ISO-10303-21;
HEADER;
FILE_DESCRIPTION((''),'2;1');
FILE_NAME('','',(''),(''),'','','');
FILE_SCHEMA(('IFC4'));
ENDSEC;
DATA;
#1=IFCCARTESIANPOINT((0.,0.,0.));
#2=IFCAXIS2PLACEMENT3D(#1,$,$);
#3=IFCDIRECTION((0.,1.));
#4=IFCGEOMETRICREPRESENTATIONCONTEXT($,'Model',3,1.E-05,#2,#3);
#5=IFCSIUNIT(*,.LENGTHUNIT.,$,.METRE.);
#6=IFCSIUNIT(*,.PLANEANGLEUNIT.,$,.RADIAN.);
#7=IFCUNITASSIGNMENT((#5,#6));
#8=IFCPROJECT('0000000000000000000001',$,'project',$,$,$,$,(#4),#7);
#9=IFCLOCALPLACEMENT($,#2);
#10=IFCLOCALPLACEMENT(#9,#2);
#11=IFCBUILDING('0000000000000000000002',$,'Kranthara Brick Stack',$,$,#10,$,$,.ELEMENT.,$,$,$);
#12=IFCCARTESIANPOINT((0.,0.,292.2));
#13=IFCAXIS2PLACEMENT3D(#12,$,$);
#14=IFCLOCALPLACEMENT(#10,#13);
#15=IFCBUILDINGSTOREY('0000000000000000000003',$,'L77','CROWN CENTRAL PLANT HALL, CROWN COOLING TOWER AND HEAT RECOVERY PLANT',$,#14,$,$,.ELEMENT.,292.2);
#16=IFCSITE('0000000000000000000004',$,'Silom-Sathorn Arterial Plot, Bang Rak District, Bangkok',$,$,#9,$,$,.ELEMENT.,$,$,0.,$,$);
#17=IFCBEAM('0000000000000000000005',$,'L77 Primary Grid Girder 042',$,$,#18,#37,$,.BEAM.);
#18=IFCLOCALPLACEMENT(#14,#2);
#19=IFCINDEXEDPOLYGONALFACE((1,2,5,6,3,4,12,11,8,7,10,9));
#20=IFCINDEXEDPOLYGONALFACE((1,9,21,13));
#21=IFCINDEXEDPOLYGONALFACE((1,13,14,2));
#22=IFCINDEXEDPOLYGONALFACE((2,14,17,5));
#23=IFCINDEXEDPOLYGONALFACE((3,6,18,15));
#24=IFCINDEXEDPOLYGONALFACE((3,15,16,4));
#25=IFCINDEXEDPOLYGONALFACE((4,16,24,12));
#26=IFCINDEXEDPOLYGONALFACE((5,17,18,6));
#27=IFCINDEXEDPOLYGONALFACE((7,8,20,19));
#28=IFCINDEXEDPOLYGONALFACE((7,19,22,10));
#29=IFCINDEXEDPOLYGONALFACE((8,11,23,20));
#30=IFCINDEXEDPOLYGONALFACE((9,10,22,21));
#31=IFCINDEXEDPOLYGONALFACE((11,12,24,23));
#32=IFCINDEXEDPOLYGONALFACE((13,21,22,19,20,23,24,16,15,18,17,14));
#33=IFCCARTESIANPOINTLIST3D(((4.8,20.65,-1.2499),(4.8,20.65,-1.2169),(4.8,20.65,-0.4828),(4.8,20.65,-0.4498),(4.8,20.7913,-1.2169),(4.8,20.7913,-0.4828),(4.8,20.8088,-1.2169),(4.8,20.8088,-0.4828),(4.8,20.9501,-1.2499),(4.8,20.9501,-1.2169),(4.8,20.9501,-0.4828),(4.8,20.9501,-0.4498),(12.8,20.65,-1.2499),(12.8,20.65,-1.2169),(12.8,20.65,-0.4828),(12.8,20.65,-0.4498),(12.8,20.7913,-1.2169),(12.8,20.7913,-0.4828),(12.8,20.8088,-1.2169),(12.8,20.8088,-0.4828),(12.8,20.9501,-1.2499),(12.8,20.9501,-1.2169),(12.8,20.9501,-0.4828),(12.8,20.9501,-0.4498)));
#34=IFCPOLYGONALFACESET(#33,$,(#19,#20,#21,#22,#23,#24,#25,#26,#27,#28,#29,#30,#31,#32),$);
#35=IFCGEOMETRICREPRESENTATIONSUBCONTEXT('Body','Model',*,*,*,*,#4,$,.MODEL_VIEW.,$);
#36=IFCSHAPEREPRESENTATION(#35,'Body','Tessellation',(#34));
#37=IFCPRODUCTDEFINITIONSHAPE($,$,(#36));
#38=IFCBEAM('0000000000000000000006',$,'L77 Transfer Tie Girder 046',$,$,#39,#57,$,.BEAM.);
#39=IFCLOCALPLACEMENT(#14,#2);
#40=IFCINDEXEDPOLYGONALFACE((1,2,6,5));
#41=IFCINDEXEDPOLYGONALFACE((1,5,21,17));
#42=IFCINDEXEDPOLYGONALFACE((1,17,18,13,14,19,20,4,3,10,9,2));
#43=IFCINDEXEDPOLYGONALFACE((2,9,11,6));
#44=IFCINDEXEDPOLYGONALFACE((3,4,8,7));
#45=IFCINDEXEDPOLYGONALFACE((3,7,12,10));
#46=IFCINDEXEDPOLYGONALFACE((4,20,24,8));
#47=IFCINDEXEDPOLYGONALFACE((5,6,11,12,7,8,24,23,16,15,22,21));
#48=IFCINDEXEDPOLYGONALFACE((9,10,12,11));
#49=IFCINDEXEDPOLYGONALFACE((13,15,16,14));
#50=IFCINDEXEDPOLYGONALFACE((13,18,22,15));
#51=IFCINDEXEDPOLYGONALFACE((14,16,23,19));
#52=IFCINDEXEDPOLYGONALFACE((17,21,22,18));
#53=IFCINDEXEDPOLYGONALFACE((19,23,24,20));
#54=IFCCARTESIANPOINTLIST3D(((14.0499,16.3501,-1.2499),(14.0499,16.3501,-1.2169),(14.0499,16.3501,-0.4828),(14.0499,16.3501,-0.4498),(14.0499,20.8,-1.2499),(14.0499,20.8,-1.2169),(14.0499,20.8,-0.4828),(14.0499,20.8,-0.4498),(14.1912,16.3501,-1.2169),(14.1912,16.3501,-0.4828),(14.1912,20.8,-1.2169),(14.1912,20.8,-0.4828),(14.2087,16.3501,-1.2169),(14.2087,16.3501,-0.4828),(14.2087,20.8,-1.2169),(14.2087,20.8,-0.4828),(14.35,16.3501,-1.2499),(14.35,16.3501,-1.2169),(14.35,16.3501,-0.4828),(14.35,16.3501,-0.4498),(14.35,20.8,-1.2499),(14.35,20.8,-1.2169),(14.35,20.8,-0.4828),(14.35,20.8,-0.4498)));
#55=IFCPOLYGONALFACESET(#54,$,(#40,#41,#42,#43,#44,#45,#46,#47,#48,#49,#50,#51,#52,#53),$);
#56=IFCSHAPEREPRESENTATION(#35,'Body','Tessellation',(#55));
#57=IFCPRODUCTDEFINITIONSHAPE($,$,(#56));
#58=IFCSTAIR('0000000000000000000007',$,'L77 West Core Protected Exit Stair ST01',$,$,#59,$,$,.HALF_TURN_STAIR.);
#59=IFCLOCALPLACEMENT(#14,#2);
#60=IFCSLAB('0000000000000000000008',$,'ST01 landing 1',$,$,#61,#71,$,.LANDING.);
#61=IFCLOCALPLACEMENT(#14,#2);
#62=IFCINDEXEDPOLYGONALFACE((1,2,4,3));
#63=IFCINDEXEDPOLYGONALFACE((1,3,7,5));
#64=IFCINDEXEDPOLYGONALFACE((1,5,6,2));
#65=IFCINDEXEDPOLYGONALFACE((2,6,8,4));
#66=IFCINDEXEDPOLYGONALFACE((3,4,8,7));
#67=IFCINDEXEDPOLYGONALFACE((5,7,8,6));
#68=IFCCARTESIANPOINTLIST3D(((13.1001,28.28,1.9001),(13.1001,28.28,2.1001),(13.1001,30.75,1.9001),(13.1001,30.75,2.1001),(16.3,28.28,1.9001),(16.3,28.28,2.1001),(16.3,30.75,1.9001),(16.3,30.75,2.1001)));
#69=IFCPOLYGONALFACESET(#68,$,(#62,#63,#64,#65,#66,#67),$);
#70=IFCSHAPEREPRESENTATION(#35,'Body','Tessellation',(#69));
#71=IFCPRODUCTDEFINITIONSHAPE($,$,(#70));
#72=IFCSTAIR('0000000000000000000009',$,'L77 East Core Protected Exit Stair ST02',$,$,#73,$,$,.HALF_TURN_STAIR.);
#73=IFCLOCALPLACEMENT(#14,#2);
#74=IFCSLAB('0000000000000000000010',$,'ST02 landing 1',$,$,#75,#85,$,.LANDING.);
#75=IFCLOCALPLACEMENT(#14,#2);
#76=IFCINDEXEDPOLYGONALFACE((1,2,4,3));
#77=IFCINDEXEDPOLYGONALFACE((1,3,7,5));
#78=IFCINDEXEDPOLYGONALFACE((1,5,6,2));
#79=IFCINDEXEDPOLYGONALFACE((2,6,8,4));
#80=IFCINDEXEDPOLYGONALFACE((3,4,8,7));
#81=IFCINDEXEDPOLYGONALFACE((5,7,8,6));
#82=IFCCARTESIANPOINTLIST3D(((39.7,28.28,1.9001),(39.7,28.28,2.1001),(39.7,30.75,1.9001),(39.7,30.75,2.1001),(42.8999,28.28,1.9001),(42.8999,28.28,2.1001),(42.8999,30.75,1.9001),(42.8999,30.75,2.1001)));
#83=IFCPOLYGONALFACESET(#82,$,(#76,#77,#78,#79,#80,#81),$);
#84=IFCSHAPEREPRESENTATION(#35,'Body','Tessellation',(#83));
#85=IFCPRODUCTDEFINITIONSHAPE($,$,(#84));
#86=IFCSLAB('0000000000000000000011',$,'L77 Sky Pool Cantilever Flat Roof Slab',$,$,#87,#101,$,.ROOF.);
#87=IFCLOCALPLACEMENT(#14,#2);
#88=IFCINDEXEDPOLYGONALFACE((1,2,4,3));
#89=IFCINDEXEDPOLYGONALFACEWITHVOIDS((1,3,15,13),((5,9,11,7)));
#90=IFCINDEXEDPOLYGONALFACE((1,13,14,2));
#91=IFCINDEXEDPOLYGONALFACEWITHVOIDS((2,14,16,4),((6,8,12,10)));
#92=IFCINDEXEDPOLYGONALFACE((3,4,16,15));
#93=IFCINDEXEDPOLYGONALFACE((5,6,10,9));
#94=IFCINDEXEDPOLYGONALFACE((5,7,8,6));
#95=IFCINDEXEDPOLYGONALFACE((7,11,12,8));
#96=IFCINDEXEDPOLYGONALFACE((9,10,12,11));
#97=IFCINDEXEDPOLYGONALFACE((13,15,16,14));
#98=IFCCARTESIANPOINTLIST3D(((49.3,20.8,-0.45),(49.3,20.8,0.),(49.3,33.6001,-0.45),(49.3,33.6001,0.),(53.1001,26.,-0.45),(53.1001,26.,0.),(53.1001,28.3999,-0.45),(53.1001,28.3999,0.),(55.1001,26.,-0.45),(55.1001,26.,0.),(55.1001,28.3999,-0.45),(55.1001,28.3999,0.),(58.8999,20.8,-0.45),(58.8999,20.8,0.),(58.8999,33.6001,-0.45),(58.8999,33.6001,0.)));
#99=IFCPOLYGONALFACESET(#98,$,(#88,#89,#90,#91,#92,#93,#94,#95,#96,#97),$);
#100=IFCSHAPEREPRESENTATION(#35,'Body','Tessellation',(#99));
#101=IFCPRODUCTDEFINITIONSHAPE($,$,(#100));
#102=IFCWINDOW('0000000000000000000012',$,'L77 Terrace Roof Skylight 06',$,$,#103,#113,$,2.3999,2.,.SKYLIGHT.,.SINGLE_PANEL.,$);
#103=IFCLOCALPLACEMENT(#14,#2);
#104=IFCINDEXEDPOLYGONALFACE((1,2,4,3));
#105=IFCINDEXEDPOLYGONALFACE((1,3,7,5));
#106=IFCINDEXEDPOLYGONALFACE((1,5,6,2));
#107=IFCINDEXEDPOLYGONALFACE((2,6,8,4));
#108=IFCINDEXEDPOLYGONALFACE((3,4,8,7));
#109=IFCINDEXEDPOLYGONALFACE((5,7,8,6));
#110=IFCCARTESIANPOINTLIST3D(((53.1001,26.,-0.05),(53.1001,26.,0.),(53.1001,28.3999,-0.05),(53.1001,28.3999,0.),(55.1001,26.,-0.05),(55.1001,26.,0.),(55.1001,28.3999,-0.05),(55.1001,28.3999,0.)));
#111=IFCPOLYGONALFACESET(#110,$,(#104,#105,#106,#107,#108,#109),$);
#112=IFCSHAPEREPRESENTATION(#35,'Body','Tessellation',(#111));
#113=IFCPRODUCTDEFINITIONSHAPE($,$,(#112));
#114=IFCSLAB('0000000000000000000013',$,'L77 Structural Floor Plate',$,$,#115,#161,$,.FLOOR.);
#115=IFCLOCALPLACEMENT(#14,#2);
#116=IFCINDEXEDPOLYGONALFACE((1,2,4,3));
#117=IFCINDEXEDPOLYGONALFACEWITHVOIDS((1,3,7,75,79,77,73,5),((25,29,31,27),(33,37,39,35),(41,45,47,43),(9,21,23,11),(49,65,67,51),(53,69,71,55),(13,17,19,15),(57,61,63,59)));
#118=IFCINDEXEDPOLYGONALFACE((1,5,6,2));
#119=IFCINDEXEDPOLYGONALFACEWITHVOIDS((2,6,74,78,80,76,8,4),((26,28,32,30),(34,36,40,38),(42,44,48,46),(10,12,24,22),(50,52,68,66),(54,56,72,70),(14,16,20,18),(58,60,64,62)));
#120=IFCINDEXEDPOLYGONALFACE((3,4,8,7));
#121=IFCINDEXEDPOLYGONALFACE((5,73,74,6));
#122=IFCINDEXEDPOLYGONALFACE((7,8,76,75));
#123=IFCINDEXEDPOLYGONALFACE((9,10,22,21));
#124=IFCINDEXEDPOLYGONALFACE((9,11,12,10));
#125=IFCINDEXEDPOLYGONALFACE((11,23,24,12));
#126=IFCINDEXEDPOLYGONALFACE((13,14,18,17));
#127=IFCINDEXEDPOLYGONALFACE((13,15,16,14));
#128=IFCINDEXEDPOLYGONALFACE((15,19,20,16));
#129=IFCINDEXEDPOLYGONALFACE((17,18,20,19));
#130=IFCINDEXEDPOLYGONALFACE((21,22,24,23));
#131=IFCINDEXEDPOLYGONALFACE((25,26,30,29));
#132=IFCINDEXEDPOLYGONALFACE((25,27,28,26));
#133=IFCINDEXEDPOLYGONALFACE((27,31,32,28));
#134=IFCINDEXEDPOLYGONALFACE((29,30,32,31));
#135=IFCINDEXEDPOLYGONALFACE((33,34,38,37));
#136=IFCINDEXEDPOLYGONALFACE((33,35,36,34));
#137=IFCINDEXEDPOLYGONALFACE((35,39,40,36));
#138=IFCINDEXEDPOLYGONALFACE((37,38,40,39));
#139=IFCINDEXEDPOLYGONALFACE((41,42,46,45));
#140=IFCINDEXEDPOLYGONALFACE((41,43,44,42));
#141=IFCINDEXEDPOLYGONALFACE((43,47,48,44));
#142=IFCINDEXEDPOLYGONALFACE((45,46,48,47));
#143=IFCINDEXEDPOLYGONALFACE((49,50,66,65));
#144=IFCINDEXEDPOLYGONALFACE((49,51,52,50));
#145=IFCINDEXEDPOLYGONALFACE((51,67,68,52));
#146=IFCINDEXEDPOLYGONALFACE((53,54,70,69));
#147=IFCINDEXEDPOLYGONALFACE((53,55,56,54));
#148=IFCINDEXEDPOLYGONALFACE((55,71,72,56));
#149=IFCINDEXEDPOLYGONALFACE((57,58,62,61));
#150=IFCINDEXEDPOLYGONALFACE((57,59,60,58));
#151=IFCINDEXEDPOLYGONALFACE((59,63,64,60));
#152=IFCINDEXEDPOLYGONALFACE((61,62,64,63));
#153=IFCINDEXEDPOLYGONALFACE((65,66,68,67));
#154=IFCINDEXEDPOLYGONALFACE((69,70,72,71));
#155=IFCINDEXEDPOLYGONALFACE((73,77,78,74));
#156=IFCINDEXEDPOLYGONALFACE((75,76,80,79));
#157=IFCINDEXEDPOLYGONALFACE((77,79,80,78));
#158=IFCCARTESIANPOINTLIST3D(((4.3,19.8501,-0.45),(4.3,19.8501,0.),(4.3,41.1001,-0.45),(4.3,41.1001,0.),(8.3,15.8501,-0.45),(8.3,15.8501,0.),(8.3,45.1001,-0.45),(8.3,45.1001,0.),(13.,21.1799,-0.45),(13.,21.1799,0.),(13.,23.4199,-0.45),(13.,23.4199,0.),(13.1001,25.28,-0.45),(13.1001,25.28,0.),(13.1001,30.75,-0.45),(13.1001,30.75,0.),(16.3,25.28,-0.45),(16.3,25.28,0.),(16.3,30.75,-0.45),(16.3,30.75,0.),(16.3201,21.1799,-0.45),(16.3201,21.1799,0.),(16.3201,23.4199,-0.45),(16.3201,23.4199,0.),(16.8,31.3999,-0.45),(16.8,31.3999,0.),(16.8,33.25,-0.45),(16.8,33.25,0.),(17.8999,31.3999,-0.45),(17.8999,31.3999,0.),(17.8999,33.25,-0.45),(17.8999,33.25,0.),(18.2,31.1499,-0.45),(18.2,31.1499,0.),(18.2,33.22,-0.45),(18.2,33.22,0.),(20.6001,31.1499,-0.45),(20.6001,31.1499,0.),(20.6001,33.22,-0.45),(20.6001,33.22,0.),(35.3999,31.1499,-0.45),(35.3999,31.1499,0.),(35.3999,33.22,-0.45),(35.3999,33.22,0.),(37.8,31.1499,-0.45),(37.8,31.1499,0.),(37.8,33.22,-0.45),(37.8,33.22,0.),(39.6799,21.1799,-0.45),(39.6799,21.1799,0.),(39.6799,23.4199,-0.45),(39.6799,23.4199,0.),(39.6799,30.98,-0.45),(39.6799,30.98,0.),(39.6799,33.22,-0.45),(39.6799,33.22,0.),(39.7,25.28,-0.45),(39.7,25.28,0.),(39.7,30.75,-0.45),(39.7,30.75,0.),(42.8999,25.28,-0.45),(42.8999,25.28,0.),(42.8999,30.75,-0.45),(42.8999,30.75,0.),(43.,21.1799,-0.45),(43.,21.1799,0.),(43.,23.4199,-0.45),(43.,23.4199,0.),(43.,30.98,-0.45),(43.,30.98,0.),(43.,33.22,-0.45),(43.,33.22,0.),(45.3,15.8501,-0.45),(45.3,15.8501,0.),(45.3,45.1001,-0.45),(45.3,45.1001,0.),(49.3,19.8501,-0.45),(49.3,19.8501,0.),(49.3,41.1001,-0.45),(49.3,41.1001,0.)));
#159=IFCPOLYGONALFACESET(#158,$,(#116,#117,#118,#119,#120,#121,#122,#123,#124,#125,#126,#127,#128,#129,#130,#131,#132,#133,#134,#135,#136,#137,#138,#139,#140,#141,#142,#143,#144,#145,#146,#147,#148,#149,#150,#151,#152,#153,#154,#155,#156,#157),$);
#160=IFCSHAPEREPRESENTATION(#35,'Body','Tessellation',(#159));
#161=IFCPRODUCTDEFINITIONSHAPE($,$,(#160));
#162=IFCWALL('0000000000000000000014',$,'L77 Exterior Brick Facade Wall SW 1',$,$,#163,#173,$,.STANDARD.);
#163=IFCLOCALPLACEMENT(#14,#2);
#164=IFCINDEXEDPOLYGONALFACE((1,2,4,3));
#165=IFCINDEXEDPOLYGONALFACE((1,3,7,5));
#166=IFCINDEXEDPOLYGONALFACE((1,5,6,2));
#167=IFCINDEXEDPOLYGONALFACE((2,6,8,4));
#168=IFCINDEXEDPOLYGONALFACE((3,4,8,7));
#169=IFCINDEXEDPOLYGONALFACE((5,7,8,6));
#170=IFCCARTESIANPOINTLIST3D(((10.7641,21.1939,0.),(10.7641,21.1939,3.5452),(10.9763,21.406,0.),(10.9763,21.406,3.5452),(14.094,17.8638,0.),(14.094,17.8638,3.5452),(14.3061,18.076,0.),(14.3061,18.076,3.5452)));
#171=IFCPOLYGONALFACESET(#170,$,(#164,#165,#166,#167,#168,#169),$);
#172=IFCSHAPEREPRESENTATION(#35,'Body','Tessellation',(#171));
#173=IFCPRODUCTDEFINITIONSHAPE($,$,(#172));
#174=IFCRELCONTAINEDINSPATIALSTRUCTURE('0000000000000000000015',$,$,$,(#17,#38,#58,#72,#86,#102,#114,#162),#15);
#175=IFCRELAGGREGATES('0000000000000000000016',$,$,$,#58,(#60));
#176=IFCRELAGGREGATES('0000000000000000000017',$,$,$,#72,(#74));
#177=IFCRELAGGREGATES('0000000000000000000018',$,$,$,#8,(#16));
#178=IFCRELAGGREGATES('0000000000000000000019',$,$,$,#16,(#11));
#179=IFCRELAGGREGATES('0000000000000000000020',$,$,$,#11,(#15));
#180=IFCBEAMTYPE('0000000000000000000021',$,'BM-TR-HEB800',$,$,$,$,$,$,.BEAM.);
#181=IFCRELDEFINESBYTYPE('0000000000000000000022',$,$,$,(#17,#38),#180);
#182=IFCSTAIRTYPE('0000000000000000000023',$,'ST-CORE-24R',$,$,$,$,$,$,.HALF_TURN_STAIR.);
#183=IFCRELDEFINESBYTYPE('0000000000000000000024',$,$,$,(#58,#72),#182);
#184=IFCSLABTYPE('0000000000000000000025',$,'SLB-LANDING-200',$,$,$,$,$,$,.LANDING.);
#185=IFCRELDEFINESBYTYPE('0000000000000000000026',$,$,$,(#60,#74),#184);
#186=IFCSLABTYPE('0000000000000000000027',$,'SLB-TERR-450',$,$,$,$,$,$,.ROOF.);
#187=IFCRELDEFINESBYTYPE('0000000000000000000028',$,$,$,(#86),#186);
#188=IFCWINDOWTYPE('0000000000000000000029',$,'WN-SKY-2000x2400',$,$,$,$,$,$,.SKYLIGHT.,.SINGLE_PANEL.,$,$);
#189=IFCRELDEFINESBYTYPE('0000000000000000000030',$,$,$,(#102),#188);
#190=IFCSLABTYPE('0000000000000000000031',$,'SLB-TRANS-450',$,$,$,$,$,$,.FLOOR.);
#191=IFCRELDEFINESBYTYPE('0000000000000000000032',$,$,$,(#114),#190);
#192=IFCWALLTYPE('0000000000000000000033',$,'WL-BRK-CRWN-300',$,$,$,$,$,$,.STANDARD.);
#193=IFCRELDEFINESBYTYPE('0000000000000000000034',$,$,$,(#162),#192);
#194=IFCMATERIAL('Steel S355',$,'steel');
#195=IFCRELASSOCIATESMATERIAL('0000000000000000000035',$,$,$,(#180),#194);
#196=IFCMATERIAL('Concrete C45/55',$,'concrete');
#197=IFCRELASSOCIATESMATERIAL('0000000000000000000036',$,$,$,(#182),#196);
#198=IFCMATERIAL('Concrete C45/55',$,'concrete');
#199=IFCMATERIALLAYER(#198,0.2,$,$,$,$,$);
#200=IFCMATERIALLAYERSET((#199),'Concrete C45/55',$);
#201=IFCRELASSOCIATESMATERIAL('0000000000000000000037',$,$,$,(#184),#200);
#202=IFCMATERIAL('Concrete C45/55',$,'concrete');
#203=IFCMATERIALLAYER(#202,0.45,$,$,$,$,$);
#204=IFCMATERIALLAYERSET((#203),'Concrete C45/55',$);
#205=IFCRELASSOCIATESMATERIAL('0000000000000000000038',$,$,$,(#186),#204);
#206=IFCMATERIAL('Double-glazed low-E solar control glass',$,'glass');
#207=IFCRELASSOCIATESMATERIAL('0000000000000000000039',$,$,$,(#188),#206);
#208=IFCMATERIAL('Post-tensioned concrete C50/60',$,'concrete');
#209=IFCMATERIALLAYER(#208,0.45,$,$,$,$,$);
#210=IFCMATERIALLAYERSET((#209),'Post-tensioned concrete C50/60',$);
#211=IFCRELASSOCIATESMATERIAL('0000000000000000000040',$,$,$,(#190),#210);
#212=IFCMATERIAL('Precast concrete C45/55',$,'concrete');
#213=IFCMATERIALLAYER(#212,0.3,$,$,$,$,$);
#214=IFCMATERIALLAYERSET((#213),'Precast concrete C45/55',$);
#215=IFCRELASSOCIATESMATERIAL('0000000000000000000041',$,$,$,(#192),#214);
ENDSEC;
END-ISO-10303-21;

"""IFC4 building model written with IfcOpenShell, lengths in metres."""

from ifc_helpers import new_model, si_unit, direction, frame, frame_2d, origin, origin_2d, place, context, subcontext, project, spatial, polyline, rectangle, i_section, outline, extrude, material, layer, layer_set, material_profile, profile_set, type_object, element, fill, aggregate, save


model = new_model("IFC4")

# Units and contexts
model_context = context("Model", 3, precision=1e-05, world=origin(), true_north=direction((0.0, 1.0)))
body_context = subcontext(model_context, "Body", "Model", "MODEL_VIEW")
ifc_project = project(units=[si_unit("LENGTHUNIT", "METRE"), si_unit("PLANEANGLEUNIT", "RADIAN")], contexts=[model_context])

# Site, building, storey
site_placement = place(None, origin())
site = spatial("IfcSite", under=ifc_project, at=site_placement, Name="Silom-Sathorn Arterial Plot, Bang Rak District, Bangkok", CompositionType="ELEMENT", RefElevation=0.0)
building_placement = place(site_placement, origin())
building = spatial("IfcBuilding", under=site, at=building_placement, Name="Kranthara Brick Stack", CompositionType="ELEMENT")
storey_placement = place(building_placement, frame((0.0, 0.0, 292.2)))
storey = spatial("IfcBuildingStorey", under=building, at=storey_placement, Name="L77", Description="CROWN CENTRAL PLANT HALL, CROWN COOLING TOWER AND HEAT RECOVERY PLANT", CompositionType="ELEMENT", Elevation=292.2)

# Beams
ifc_material_1 = material(Name="Steel S355", Category="steel")
ifc_material_profile_1 = material_profile(ifc_material_1, i_section(OverallWidth=0.3, OverallDepth=0.8, WebThickness=0.0176, FlangeThickness=0.033, at=origin_2d()), Name="HEB 800")
ifc_profile_set_1 = profile_set([ifc_material_profile_1], Name="Steel S355")
beam_type_1 = type_object("IfcBeamType", Name="BM-TR-HEB800", PredefinedType="BEAM", material=ifc_profile_set_1)
beam_1_placement = place(storey_placement, frame((4.8, 20.8, -0.8499), z_axis=(1.0, 0.0, 0.0), x_axis=(0.0, 1.0, 0.0)))
element("IfcBeam", 1, at=beam_1_placement, inside=storey, type_object=beam_type_1, Name="L77 Primary Grid Girder 042", PredefinedType="BEAM", context=body_context, shape_type="SweptSolid", body=[
    extrude(i_section(OverallWidth=0.3, OverallDepth=0.8, WebThickness=0.0176, FlangeThickness=0.033, at=origin_2d()), origin(), (0.0, 0.0, 1.0), 8.0),
])
beam_2_placement = place(storey_placement, frame((14.2, 16.3501, -0.8499), z_axis=(0.0, 1.0, 0.0), x_axis=(-1.0, 0.0, 0.0)))
element("IfcBeam", 2, at=beam_2_placement, inside=storey, type_object=beam_type_1, Name="L77 Transfer Tie Girder 046", PredefinedType="BEAM", context=body_context, shape_type="SweptSolid", body=[
    extrude(i_section(OverallWidth=0.3, OverallDepth=0.8, WebThickness=0.0176, FlangeThickness=0.033, at=origin_2d()), origin(), (0.0, 0.0, 1.0), 4.45),
])

# Stairs, slabs
ifc_material_2 = material(Name="Concrete C45/55", Category="concrete")
stair_type = type_object("IfcStairType", Name="ST-CORE-24R", PredefinedType="HALF_TURN_STAIR", material=ifc_material_2)
stair_1_placement = place(storey_placement, origin())
stair_1 = element("IfcStair", 3, at=stair_1_placement, inside=storey, type_object=stair_type, Name="L77 West Core Protected Exit Stair ST01", PredefinedType="HALF_TURN_STAIR")
ifc_material_3 = material(Name="Concrete C45/55", Category="concrete")
ifc_layer_1 = layer(ifc_material_3, 0.2)
ifc_layer_set_1 = layer_set([ifc_layer_1], Name="Concrete C45/55")
slab_type_1 = type_object("IfcSlabType", Name="SLB-LANDING-200", PredefinedType="LANDING", material=ifc_layer_set_1)
slab_1_placement = place(storey_placement, frame((0.0, 0.0, 1.9001)))
slab_1 = element("IfcSlab", 4, at=slab_1_placement, type_object=slab_type_1, Name="ST01 landing 1", PredefinedType="LANDING", context=body_context, shape_type="SweptSolid", body=[
    extrude(outline(polyline([(16.3, 28.28), (16.3, 30.75), (13.1001, 30.75), (13.1001, 28.28), (16.3, 28.28)])), origin(), (0.0, 0.0, 1.0), 0.2),
])
aggregate(stair_1, [slab_1])
stair_2_placement = place(storey_placement, origin())
stair_2 = element("IfcStair", 5, at=stair_2_placement, inside=storey, type_object=stair_type, Name="L77 East Core Protected Exit Stair ST02", PredefinedType="HALF_TURN_STAIR")
slab_2_placement = place(storey_placement, frame((0.0, 0.0, 1.9001)))
slab_2 = element("IfcSlab", 6, at=slab_2_placement, type_object=slab_type_1, Name="ST02 landing 1", PredefinedType="LANDING", context=body_context, shape_type="SweptSolid", body=[
    extrude(outline(polyline([(42.8999, 28.28), (42.8999, 30.75), (39.7, 30.75), (39.7, 28.28), (42.8999, 28.28)])), origin(), (0.0, 0.0, 1.0), 0.2),
])
aggregate(stair_2, [slab_2])

# Slab, opening, window
ifc_material_4 = material(Name="Concrete C45/55", Category="concrete")
ifc_layer_2 = layer(ifc_material_4, 0.45)
ifc_layer_set_2 = layer_set([ifc_layer_2], Name="Concrete C45/55")
slab_type_2 = type_object("IfcSlabType", Name="SLB-TERR-450", PredefinedType="ROOF", material=ifc_layer_set_2)
slab_3_placement = place(storey_placement, frame((0.0, 0.0, -0.45)))
slab_3 = element("IfcSlab", 7, at=slab_3_placement, inside=storey, type_object=slab_type_2, Name="L77 Sky Pool Cantilever Flat Roof Slab", PredefinedType="ROOF", context=body_context, shape_type="SweptSolid", body=[
    extrude(outline(polyline([(49.3, 20.8), (58.8999, 20.8), (58.8999, 33.6001), (49.3, 33.6001), (49.3, 20.8)]), holes=[polyline([(53.1001, 26.0), (55.1001, 26.0), (55.1001, 28.3999), (53.1001, 28.3999), (53.1001, 26.0)])]), origin(), (0.0, 0.0, 1.0), 0.45),
])
opening_placement = place(slab_3_placement, frame((54.1001, 27.2, 0.0)))
opening = element("IfcOpeningElement", 8, at=opening_placement, cuts=slab_3, PredefinedType="OPENING", context=body_context, shape_type="SweptSolid", body=[
    extrude(rectangle(XDim=2.0, YDim=2.3999, at=origin_2d()), origin(), (0.0, 0.0, 1.0), 0.45),
])
ifc_material_5 = material(Name="Double-glazed low-E solar control glass", Category="glass")
window_type = type_object("IfcWindowType", Name="WN-SKY-2000x2400", PartitioningType="SINGLE_PANEL", PredefinedType="SKYLIGHT", material=ifc_material_5)
window_placement = place(opening_placement, frame((0.0, 0.0, 0.3999)))
window = element("IfcWindow", 9, at=window_placement, inside=storey, type_object=window_type, Name="L77 Terrace Roof Skylight 06", OverallHeight=2.3999, OverallWidth=2.0, PartitioningType="SINGLE_PANEL", PredefinedType="SKYLIGHT", context=body_context, shape_type="SweptSolid", body=[
    extrude(rectangle(XDim=2.0, YDim=2.3999, at=origin_2d()), origin(), (0.0, 0.0, 1.0), 0.05),
])
fill(opening, window)

# Slab
ifc_material_6 = material(Name="Post-tensioned concrete C50/60", Category="concrete")
ifc_layer_3 = layer(ifc_material_6, 0.45)
ifc_layer_set_3 = layer_set([ifc_layer_3], Name="Post-tensioned concrete C50/60")
slab_type_3 = type_object("IfcSlabType", Name="SLB-TRANS-450", PredefinedType="FLOOR", material=ifc_layer_set_3)
slab_4_placement = place(storey_placement, frame((0.0, 0.0, -0.45)))
element("IfcSlab", 10, at=slab_4_placement, inside=storey, type_object=slab_type_3, Name="L77 Structural Floor Plate", PredefinedType="FLOOR", context=body_context, shape_type="SweptSolid", body=[
    extrude(outline(polyline([(8.3, 15.8501), (45.3, 15.8501), (49.3, 19.8501), (49.3, 41.1001), (45.3, 45.1001), (8.3, 45.1001), (4.3, 41.1001), (4.3, 19.8501), (8.3, 15.8501)]), holes=[polyline([(13.1001, 25.28), (16.3, 25.28), (16.3, 30.75), (13.1001, 30.75), (13.1001, 25.28)]), polyline([(39.7, 25.28), (42.8999, 25.28), (42.8999, 30.75), (39.7, 30.75), (39.7, 25.28)]), polyline([(13.0, 21.1799), (16.3201, 21.1799), (16.3201, 23.4199), (13.0, 23.4199), (13.0, 21.1799)]), polyline([(39.6799, 21.1799), (43.0, 21.1799), (43.0, 23.4199), (39.6799, 23.4199), (39.6799, 21.1799)]), polyline([(39.6799, 30.98), (43.0, 30.98), (43.0, 33.22), (39.6799, 33.22), (39.6799, 30.98)]), polyline([(18.2, 31.1499), (20.6001, 31.1499), (20.6001, 33.22), (18.2, 33.22), (18.2, 31.1499)]), polyline([(35.3999, 31.1499), (37.8, 31.1499), (37.8, 33.22), (35.3999, 33.22), (35.3999, 31.1499)]), polyline([(16.8, 31.3999), (17.8999, 31.3999), (17.8999, 33.25), (16.8, 33.25), (16.8, 31.3999)])]), origin(), (0.0, 0.0, 1.0), 0.45),
])

# Wall
ifc_material_7 = material(Name="Precast concrete C45/55", Category="concrete")
ifc_layer_4 = layer(ifc_material_7, 0.3)
ifc_layer_set_4 = layer_set([ifc_layer_4], Name="Precast concrete C45/55")
wall_type_1 = type_object("IfcWallType", Name="WL-BRK-CRWN-300", PredefinedType="STANDARD", material=ifc_layer_set_4)
wall_1_placement = place(storey_placement, frame((14.2, 17.97, 0.0), z_axis=(0.0, 0.0, 1.0), x_axis=(-0.707081, 0.707133, 0.0)))
element("IfcWall", 11, at=wall_1_placement, inside=storey, type_object=wall_type_1, Name="L77 Exterior Brick Facade Wall SW 1", PredefinedType="STANDARD", context=body_context, shape_type="SweptSolid", body=[
    extrude(rectangle(XDim=4.7092, YDim=0.3, at=frame_2d((2.3545, 0.0))), origin(), (0.0, 0.0, 1.0), 3.5452),
])

save(model, "model.ifc")
